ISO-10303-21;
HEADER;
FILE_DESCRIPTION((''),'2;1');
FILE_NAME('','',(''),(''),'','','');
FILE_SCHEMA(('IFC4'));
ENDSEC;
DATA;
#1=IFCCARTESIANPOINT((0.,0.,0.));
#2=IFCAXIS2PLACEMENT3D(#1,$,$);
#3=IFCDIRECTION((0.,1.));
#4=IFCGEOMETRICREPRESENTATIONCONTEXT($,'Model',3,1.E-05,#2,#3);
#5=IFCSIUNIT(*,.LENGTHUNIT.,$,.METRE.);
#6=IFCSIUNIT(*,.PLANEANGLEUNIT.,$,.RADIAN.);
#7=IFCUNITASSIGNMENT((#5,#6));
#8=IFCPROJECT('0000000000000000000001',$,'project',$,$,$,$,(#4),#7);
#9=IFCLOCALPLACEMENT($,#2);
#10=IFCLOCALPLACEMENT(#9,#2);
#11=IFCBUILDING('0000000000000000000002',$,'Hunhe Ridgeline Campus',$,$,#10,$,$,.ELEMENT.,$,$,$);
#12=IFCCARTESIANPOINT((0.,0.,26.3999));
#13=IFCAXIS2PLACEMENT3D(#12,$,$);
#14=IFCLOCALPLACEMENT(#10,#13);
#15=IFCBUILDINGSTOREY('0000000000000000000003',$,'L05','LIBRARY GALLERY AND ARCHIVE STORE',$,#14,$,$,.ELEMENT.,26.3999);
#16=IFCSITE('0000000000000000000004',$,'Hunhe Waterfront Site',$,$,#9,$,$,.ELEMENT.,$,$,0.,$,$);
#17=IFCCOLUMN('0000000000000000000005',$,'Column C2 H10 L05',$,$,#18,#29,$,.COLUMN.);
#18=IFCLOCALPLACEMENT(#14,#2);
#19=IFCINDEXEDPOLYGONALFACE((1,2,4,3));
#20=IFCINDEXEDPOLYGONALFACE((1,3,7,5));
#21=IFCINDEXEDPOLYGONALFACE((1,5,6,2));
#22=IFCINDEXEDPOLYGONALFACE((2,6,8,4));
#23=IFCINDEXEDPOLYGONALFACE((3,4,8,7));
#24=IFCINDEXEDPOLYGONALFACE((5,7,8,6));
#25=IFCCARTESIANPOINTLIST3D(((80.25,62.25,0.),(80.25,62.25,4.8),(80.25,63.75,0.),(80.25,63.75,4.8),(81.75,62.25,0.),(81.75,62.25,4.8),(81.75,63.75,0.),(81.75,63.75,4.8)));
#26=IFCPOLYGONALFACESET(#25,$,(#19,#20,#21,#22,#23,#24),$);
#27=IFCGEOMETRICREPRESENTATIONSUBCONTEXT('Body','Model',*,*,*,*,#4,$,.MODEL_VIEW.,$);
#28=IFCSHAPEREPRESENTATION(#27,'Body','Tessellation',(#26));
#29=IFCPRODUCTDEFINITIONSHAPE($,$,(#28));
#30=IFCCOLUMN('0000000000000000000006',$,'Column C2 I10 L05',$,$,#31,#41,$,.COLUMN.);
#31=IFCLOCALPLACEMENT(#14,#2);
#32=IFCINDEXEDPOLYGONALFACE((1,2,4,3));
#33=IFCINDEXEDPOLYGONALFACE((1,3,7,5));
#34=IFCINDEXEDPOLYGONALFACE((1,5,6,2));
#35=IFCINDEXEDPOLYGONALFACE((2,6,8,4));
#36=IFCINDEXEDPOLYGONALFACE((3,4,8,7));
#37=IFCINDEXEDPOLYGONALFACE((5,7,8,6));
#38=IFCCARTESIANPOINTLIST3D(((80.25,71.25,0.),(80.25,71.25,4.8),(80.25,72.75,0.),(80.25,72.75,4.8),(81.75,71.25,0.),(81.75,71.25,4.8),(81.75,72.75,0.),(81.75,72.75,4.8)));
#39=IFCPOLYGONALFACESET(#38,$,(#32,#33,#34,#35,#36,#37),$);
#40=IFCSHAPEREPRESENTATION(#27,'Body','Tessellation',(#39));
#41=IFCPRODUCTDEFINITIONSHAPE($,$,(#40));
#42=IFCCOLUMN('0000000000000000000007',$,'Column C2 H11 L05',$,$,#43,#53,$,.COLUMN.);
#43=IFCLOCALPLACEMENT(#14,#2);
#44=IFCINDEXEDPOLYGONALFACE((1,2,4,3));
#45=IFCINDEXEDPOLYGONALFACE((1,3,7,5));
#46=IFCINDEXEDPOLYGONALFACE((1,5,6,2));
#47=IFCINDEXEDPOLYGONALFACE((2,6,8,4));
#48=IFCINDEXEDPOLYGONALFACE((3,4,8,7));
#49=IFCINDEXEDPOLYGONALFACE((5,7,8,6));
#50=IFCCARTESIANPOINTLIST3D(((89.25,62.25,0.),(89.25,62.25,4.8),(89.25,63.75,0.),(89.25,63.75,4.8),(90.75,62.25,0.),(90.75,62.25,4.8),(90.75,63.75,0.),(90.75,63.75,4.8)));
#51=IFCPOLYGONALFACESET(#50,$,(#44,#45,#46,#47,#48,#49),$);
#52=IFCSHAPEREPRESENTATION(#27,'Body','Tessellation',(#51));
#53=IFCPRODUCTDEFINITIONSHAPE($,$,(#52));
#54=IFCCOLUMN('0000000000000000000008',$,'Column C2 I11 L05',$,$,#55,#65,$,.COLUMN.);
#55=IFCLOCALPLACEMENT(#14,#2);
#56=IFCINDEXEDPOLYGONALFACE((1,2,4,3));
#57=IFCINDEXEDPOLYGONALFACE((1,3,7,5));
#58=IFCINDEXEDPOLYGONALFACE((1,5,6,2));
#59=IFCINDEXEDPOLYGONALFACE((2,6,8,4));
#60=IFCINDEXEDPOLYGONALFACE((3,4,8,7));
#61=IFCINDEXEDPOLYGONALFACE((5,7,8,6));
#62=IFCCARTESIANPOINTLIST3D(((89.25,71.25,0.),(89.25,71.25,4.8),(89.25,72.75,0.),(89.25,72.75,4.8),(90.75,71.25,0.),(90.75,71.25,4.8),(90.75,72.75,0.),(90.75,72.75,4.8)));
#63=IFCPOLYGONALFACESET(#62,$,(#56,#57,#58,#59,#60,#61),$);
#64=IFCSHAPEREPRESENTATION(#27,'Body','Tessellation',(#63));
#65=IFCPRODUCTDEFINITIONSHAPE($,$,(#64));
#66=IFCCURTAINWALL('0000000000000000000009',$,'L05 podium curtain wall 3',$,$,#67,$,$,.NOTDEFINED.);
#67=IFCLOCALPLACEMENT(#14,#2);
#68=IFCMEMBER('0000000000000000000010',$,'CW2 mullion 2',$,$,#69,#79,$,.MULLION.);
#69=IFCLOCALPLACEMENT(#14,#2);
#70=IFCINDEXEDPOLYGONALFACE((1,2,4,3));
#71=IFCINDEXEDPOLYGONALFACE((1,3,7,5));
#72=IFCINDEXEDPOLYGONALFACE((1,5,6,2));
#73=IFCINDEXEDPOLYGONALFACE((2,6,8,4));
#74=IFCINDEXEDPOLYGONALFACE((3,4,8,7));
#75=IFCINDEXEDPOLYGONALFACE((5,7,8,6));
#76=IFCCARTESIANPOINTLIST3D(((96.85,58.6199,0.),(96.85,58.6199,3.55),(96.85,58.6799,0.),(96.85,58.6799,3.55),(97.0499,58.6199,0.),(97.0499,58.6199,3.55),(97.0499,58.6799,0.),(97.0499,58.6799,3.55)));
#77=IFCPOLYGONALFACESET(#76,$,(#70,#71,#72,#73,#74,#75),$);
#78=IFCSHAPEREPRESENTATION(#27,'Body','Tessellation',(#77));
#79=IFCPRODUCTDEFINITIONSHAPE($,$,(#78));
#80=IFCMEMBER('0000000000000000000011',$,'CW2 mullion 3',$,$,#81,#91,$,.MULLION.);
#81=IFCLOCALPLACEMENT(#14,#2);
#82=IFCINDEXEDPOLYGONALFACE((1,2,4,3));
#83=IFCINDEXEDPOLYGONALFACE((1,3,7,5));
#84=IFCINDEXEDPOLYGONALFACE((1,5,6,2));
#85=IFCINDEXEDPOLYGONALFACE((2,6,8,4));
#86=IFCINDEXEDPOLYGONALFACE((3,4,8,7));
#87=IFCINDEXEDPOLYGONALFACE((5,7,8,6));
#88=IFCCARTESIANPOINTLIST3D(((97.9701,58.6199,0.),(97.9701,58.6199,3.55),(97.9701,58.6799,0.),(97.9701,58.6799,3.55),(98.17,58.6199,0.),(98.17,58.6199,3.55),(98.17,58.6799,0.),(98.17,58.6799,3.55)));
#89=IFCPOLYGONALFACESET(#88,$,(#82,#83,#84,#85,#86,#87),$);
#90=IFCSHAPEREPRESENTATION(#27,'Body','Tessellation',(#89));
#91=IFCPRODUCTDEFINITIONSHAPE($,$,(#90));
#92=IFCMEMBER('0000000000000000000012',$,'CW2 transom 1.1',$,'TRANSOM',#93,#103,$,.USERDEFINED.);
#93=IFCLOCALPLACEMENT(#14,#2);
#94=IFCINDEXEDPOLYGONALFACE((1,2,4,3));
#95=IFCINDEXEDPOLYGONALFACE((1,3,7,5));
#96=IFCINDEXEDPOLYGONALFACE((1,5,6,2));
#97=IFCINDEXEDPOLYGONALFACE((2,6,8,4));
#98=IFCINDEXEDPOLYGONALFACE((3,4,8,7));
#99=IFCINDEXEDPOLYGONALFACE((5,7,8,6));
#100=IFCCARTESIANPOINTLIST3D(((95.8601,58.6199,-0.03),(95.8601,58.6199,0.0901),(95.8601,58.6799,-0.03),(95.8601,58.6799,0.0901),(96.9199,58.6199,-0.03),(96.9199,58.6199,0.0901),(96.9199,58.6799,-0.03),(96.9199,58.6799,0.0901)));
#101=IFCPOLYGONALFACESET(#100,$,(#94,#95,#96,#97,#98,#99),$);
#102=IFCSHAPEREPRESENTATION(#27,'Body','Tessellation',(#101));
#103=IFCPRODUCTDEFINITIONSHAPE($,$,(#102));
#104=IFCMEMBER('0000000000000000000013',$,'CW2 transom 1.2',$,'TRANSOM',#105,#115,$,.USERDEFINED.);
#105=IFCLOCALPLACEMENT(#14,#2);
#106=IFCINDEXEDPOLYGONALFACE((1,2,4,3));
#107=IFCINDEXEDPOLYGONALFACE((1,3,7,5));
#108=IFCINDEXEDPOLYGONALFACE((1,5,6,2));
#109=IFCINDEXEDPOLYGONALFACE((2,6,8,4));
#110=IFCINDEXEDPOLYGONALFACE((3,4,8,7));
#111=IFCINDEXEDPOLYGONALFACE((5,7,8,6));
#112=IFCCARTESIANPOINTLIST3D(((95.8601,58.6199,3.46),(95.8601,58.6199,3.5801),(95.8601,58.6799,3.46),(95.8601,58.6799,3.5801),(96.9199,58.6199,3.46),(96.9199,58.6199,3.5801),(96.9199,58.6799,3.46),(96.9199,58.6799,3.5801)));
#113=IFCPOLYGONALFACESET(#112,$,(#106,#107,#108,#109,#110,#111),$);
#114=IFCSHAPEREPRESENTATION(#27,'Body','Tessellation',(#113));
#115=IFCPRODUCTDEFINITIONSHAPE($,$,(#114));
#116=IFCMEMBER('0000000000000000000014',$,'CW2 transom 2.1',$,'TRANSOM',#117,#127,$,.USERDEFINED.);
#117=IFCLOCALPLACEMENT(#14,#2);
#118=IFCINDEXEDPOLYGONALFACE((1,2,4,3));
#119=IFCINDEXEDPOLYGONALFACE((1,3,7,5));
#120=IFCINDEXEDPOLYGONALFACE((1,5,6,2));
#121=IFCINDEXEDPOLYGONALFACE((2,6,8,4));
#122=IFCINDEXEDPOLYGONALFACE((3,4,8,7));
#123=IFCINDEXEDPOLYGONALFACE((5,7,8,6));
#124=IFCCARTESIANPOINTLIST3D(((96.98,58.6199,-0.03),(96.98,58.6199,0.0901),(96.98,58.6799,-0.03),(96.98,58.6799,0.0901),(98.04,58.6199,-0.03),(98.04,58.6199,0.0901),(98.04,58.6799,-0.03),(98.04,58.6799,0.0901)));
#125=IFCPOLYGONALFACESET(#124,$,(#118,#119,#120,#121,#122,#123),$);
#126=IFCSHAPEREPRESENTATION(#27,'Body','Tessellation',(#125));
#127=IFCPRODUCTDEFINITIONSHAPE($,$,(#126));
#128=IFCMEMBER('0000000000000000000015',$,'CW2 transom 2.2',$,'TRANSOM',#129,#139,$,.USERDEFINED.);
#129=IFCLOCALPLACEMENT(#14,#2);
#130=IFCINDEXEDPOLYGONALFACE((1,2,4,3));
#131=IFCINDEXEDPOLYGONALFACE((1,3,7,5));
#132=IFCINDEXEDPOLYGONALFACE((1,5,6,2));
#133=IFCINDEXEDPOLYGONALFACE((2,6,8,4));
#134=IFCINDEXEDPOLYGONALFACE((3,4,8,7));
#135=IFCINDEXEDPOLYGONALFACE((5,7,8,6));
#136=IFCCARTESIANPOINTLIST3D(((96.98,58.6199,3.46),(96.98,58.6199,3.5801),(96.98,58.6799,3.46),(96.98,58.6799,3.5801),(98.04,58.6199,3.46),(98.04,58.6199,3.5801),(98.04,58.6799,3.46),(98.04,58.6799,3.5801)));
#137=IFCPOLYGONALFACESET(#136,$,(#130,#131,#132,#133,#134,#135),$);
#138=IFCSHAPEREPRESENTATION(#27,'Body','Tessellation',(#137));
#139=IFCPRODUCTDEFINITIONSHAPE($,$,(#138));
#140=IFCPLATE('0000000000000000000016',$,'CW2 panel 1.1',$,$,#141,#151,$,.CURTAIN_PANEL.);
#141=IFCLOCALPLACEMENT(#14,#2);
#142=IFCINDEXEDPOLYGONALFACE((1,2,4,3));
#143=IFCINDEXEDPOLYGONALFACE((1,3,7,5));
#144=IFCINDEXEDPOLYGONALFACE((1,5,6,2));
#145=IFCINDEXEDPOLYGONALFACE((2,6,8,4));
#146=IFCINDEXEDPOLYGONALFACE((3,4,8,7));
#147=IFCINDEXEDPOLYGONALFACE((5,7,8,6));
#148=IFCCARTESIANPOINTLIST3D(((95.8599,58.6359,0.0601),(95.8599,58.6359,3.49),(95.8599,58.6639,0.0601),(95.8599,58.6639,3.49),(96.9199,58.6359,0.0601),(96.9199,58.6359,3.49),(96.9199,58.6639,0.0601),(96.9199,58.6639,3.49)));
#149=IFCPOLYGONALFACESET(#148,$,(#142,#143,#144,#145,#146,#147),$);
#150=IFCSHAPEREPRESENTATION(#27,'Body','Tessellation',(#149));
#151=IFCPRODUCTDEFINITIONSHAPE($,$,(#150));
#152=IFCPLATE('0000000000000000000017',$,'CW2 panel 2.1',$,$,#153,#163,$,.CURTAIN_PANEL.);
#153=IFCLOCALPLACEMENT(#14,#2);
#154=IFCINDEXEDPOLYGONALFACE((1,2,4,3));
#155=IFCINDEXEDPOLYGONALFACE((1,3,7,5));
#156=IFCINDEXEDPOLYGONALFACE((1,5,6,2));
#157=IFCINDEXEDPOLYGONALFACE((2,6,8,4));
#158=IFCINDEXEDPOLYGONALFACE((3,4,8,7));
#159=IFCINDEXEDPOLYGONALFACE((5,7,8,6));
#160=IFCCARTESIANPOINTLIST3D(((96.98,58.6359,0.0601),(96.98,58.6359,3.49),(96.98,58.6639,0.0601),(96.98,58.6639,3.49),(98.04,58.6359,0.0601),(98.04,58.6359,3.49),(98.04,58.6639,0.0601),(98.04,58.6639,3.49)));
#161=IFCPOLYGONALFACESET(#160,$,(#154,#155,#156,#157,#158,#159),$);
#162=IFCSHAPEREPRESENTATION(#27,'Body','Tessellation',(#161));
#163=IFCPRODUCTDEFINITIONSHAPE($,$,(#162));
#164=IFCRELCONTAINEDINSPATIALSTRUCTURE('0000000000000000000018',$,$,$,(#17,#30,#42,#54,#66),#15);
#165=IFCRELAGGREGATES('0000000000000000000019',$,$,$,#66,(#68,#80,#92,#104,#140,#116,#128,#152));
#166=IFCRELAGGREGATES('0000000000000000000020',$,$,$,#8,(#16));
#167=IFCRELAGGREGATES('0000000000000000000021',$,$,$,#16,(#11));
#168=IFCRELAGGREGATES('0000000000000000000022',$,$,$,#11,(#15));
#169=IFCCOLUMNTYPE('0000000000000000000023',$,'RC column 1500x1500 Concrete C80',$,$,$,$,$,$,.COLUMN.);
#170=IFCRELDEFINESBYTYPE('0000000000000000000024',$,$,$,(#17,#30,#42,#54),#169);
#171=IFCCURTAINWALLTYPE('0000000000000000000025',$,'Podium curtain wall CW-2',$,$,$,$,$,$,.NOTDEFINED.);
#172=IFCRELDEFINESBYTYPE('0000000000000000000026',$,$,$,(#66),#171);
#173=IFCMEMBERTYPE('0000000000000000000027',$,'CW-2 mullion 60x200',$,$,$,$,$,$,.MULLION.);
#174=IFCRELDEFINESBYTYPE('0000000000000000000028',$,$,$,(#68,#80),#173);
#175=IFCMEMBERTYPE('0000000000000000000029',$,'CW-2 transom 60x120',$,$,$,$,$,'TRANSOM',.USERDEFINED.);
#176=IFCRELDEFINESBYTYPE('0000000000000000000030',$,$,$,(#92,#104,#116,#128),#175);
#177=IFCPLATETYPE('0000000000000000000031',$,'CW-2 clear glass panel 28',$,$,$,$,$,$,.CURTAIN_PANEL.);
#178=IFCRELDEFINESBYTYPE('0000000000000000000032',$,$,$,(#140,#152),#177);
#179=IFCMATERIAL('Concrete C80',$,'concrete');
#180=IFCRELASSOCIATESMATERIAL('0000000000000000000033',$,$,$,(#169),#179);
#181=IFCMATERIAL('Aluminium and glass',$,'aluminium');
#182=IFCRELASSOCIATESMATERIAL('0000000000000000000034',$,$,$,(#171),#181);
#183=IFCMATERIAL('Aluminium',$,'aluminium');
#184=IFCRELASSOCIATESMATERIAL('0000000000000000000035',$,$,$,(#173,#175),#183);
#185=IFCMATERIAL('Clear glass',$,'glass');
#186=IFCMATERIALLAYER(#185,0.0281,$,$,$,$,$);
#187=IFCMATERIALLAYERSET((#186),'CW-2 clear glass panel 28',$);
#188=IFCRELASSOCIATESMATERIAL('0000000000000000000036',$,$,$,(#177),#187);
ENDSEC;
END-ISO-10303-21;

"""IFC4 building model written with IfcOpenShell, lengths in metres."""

from ifc_helpers import new_model, si_unit, direction, frame, origin, origin_2d, place, context, subcontext, project, spatial, rectangle, extrude, material, layer, layer_set, material_profile, profile_set, type_object, element, aggregate, save


model = new_model("IFC4")

# Units and contexts
model_context = context("Model", 3, precision=1e-05, world=origin(), true_north=direction((0.0, 1.0)))
body_context = subcontext(model_context, "Body", "Model", "MODEL_VIEW")
ifc_project = project(units=[si_unit("LENGTHUNIT", "METRE"), si_unit("PLANEANGLEUNIT", "RADIAN")], contexts=[model_context])

# Site, building, storey
site_placement = place(None, origin())
site = spatial("IfcSite", under=ifc_project, at=site_placement, Name="Hunhe Waterfront Site", CompositionType="ELEMENT", RefElevation=0.0)
building_placement = place(site_placement, origin())
building = spatial("IfcBuilding", under=site, at=building_placement, Name="Hunhe Ridgeline Campus", CompositionType="ELEMENT")
storey_placement = place(building_placement, frame((0.0, 0.0, 26.3999)))
storey = spatial("IfcBuildingStorey", under=building, at=storey_placement, Name="L05", Description="LIBRARY GALLERY AND ARCHIVE STORE", CompositionType="ELEMENT", Elevation=26.3999)

# Columns
ifc_material_1 = material(Name="Concrete C80", Category="concrete")
ifc_material_profile_1 = material_profile(ifc_material_1, rectangle(XDim=1.5, YDim=1.5, at=origin_2d()))
ifc_profile_set_1 = profile_set([ifc_material_profile_1], Name="Concrete C80")
column_type = type_object("IfcColumnType", Name="RC column 1500x1500 Concrete C80", PredefinedType="COLUMN", material=ifc_profile_set_1)
for number, where, z_axis, x_axis, name in (
    (1, (81.0, 63.0, 0.0), (0.0, 0.0, 1.0), (1.0, 0.0, 0.0), "Column C2 H10 L05"),
    (2, (81.0, 72.0, 0.0), (0.0, 0.0, 1.0), (1.0, 0.0, 0.0), "Column C2 I10 L05"),
    (3, (90.0, 63.0, 0.0), (0.0, 0.0, 1.0), (1.0, 0.0, 0.0), "Column C2 H11 L05"),
    (4, (90.0, 72.0, 0.0), (0.0, 0.0, 1.0), (1.0, 0.0, 0.0), "Column C2 I11 L05"),
):
    element("IfcColumn", number, at=place(storey_placement, frame(where, z_axis=z_axis, x_axis=x_axis)), inside=storey, type_object=column_type, Name=name, PredefinedType="COLUMN", context=body_context, shape_type="SweptSolid", body=[
        extrude(rectangle(XDim=1.5, YDim=1.5, at=origin_2d()), origin(), (0.0, 0.0, 1.0), 4.8),
    ])

# Curtain wall, members, plates
ifc_material_2 = material(Name="Aluminium and glass", Category="aluminium")
curtain_wall_type = type_object("IfcCurtainWallType", Name="Podium curtain wall CW-2", PredefinedType="NOTDEFINED", material=ifc_material_2)
curtain_wall_placement = place(storey_placement, origin())
curtain_wall = element("IfcCurtainWall", 5, at=curtain_wall_placement, inside=storey, type_object=curtain_wall_type, Name="L05 podium curtain wall 3", PredefinedType="NOTDEFINED")
ifc_material_3 = material(Name="Aluminium", Category="aluminium")
ifc_material_profile_2 = material_profile(ifc_material_3, rectangle(XDim=0.0601, YDim=0.2, at=origin_2d()))
ifc_profile_set_2 = profile_set([ifc_material_profile_2], Name="Aluminium")
member_type_1 = type_object("IfcMemberType", Name="CW-2 mullion 60x200", PredefinedType="MULLION", material=ifc_profile_set_2)
member_1_placement = place(storey_placement, frame((96.95, 58.6499, 0.0), z_axis=(0.0, 0.0, 1.0), x_axis=(0.0, 1.0, 0.0)))
member_1 = element("IfcMember", 6, at=member_1_placement, type_object=member_type_1, Name="CW2 mullion 2", PredefinedType="MULLION", context=body_context, shape_type="SweptSolid", body=[
    extrude(rectangle(XDim=0.0601, YDim=0.2, at=origin_2d()), origin(), (0.0, 0.0, 1.0), 3.55),
])
member_2_placement = place(storey_placement, frame((98.0701, 58.6499, 0.0), z_axis=(0.0, 0.0, 1.0), x_axis=(0.0, 1.0, 0.0)))
member_2 = element("IfcMember", 7, at=member_2_placement, type_object=member_type_1, Name="CW2 mullion 3", PredefinedType="MULLION", context=body_context, shape_type="SweptSolid", body=[
    extrude(rectangle(XDim=0.0601, YDim=0.2, at=origin_2d()), origin(), (0.0, 0.0, 1.0), 3.55),
])
ifc_material_profile_3 = material_profile(ifc_material_3, rectangle(XDim=0.0601, YDim=0.1201, at=origin_2d()))
ifc_profile_set_3 = profile_set([ifc_material_profile_3], Name="Aluminium")
member_type_2 = type_object("IfcMemberType", Name="CW-2 transom 60x120", ElementType="TRANSOM", PredefinedType="USERDEFINED", material=ifc_profile_set_3)
member_3_placement = place(storey_placement, frame((95.8601, 58.6499, 0.03), z_axis=(1.0, 0.0, 0.0), x_axis=(0.0, 1.0, 0.0)))
member_3 = element("IfcMember", 8, at=member_3_placement, type_object=member_type_2, Name="CW2 transom 1.1", ObjectType="TRANSOM", PredefinedType="USERDEFINED", context=body_context, shape_type="SweptSolid", body=[
    extrude(rectangle(XDim=0.0601, YDim=0.1201, at=origin_2d()), origin(), (0.0, 0.0, 1.0), 1.0598),
])
member_4_placement = place(storey_placement, frame((95.8601, 58.6499, 3.52), z_axis=(1.0, 0.0, 0.0), x_axis=(0.0, 1.0, 0.0)))
member_4 = element("IfcMember", 9, at=member_4_placement, type_object=member_type_2, Name="CW2 transom 1.2", ObjectType="TRANSOM", PredefinedType="USERDEFINED", context=body_context, shape_type="SweptSolid", body=[
    extrude(rectangle(XDim=0.0601, YDim=0.1201, at=origin_2d()), origin(), (0.0, 0.0, 1.0), 1.0598),
])
member_5_placement = place(storey_placement, frame((96.98, 58.6499, 0.03), z_axis=(1.0, 0.0, 0.0), x_axis=(0.0, 1.0, 0.0)))
member_5 = element("IfcMember", 10, at=member_5_placement, type_object=member_type_2, Name="CW2 transom 2.1", ObjectType="TRANSOM", PredefinedType="USERDEFINED", context=body_context, shape_type="SweptSolid", body=[
    extrude(rectangle(XDim=0.0601, YDim=0.1201, at=origin_2d()), origin(), (0.0, 0.0, 1.0), 1.0601),
])
member_6_placement = place(storey_placement, frame((96.98, 58.6499, 3.52), z_axis=(1.0, 0.0, 0.0), x_axis=(0.0, 1.0, 0.0)))
member_6 = element("IfcMember", 11, at=member_6_placement, type_object=member_type_2, Name="CW2 transom 2.2", ObjectType="TRANSOM", PredefinedType="USERDEFINED", context=body_context, shape_type="SweptSolid", body=[
    extrude(rectangle(XDim=0.0601, YDim=0.1201, at=origin_2d()), origin(), (0.0, 0.0, 1.0), 1.0601),
])
ifc_material_4 = material(Name="Clear glass", Category="glass")
ifc_layer_1 = layer(ifc_material_4, 0.0281)
ifc_layer_set_1 = layer_set([ifc_layer_1], Name="CW-2 clear glass panel 28")
plate_type = type_object("IfcPlateType", Name="CW-2 clear glass panel 28", PredefinedType="CURTAIN_PANEL", material=ifc_layer_set_1)
plate_1_placement = place(storey_placement, frame((96.3899, 58.6499, 0.0601), z_axis=(0.0, 0.0, 1.0), x_axis=(1.0, 0.0, 0.0)))
plate_1 = element("IfcPlate", 12, at=plate_1_placement, type_object=plate_type, Name="CW2 panel 1.1", PredefinedType="CURTAIN_PANEL", context=body_context, shape_type="SweptSolid", body=[
    extrude(rectangle(XDim=1.0601, YDim=0.0281, at=origin_2d()), origin(), (0.0, 0.0, 1.0), 3.4299),
])
plate_2_placement = place(storey_placement, frame((97.51, 58.6499, 0.0601), z_axis=(0.0, 0.0, 1.0), x_axis=(1.0, 0.0, 0.0)))
plate_2 = element("IfcPlate", 13, at=plate_2_placement, type_object=plate_type, Name="CW2 panel 2.1", PredefinedType="CURTAIN_PANEL", context=body_context, shape_type="SweptSolid", body=[
    extrude(rectangle(XDim=1.0601, YDim=0.0281, at=origin_2d()), origin(), (0.0, 0.0, 1.0), 3.4299),
])
aggregate(curtain_wall, [member_1, member_2, member_3, member_4, plate_1, member_5, member_6, plate_2])

save(model, "model.ifc")
